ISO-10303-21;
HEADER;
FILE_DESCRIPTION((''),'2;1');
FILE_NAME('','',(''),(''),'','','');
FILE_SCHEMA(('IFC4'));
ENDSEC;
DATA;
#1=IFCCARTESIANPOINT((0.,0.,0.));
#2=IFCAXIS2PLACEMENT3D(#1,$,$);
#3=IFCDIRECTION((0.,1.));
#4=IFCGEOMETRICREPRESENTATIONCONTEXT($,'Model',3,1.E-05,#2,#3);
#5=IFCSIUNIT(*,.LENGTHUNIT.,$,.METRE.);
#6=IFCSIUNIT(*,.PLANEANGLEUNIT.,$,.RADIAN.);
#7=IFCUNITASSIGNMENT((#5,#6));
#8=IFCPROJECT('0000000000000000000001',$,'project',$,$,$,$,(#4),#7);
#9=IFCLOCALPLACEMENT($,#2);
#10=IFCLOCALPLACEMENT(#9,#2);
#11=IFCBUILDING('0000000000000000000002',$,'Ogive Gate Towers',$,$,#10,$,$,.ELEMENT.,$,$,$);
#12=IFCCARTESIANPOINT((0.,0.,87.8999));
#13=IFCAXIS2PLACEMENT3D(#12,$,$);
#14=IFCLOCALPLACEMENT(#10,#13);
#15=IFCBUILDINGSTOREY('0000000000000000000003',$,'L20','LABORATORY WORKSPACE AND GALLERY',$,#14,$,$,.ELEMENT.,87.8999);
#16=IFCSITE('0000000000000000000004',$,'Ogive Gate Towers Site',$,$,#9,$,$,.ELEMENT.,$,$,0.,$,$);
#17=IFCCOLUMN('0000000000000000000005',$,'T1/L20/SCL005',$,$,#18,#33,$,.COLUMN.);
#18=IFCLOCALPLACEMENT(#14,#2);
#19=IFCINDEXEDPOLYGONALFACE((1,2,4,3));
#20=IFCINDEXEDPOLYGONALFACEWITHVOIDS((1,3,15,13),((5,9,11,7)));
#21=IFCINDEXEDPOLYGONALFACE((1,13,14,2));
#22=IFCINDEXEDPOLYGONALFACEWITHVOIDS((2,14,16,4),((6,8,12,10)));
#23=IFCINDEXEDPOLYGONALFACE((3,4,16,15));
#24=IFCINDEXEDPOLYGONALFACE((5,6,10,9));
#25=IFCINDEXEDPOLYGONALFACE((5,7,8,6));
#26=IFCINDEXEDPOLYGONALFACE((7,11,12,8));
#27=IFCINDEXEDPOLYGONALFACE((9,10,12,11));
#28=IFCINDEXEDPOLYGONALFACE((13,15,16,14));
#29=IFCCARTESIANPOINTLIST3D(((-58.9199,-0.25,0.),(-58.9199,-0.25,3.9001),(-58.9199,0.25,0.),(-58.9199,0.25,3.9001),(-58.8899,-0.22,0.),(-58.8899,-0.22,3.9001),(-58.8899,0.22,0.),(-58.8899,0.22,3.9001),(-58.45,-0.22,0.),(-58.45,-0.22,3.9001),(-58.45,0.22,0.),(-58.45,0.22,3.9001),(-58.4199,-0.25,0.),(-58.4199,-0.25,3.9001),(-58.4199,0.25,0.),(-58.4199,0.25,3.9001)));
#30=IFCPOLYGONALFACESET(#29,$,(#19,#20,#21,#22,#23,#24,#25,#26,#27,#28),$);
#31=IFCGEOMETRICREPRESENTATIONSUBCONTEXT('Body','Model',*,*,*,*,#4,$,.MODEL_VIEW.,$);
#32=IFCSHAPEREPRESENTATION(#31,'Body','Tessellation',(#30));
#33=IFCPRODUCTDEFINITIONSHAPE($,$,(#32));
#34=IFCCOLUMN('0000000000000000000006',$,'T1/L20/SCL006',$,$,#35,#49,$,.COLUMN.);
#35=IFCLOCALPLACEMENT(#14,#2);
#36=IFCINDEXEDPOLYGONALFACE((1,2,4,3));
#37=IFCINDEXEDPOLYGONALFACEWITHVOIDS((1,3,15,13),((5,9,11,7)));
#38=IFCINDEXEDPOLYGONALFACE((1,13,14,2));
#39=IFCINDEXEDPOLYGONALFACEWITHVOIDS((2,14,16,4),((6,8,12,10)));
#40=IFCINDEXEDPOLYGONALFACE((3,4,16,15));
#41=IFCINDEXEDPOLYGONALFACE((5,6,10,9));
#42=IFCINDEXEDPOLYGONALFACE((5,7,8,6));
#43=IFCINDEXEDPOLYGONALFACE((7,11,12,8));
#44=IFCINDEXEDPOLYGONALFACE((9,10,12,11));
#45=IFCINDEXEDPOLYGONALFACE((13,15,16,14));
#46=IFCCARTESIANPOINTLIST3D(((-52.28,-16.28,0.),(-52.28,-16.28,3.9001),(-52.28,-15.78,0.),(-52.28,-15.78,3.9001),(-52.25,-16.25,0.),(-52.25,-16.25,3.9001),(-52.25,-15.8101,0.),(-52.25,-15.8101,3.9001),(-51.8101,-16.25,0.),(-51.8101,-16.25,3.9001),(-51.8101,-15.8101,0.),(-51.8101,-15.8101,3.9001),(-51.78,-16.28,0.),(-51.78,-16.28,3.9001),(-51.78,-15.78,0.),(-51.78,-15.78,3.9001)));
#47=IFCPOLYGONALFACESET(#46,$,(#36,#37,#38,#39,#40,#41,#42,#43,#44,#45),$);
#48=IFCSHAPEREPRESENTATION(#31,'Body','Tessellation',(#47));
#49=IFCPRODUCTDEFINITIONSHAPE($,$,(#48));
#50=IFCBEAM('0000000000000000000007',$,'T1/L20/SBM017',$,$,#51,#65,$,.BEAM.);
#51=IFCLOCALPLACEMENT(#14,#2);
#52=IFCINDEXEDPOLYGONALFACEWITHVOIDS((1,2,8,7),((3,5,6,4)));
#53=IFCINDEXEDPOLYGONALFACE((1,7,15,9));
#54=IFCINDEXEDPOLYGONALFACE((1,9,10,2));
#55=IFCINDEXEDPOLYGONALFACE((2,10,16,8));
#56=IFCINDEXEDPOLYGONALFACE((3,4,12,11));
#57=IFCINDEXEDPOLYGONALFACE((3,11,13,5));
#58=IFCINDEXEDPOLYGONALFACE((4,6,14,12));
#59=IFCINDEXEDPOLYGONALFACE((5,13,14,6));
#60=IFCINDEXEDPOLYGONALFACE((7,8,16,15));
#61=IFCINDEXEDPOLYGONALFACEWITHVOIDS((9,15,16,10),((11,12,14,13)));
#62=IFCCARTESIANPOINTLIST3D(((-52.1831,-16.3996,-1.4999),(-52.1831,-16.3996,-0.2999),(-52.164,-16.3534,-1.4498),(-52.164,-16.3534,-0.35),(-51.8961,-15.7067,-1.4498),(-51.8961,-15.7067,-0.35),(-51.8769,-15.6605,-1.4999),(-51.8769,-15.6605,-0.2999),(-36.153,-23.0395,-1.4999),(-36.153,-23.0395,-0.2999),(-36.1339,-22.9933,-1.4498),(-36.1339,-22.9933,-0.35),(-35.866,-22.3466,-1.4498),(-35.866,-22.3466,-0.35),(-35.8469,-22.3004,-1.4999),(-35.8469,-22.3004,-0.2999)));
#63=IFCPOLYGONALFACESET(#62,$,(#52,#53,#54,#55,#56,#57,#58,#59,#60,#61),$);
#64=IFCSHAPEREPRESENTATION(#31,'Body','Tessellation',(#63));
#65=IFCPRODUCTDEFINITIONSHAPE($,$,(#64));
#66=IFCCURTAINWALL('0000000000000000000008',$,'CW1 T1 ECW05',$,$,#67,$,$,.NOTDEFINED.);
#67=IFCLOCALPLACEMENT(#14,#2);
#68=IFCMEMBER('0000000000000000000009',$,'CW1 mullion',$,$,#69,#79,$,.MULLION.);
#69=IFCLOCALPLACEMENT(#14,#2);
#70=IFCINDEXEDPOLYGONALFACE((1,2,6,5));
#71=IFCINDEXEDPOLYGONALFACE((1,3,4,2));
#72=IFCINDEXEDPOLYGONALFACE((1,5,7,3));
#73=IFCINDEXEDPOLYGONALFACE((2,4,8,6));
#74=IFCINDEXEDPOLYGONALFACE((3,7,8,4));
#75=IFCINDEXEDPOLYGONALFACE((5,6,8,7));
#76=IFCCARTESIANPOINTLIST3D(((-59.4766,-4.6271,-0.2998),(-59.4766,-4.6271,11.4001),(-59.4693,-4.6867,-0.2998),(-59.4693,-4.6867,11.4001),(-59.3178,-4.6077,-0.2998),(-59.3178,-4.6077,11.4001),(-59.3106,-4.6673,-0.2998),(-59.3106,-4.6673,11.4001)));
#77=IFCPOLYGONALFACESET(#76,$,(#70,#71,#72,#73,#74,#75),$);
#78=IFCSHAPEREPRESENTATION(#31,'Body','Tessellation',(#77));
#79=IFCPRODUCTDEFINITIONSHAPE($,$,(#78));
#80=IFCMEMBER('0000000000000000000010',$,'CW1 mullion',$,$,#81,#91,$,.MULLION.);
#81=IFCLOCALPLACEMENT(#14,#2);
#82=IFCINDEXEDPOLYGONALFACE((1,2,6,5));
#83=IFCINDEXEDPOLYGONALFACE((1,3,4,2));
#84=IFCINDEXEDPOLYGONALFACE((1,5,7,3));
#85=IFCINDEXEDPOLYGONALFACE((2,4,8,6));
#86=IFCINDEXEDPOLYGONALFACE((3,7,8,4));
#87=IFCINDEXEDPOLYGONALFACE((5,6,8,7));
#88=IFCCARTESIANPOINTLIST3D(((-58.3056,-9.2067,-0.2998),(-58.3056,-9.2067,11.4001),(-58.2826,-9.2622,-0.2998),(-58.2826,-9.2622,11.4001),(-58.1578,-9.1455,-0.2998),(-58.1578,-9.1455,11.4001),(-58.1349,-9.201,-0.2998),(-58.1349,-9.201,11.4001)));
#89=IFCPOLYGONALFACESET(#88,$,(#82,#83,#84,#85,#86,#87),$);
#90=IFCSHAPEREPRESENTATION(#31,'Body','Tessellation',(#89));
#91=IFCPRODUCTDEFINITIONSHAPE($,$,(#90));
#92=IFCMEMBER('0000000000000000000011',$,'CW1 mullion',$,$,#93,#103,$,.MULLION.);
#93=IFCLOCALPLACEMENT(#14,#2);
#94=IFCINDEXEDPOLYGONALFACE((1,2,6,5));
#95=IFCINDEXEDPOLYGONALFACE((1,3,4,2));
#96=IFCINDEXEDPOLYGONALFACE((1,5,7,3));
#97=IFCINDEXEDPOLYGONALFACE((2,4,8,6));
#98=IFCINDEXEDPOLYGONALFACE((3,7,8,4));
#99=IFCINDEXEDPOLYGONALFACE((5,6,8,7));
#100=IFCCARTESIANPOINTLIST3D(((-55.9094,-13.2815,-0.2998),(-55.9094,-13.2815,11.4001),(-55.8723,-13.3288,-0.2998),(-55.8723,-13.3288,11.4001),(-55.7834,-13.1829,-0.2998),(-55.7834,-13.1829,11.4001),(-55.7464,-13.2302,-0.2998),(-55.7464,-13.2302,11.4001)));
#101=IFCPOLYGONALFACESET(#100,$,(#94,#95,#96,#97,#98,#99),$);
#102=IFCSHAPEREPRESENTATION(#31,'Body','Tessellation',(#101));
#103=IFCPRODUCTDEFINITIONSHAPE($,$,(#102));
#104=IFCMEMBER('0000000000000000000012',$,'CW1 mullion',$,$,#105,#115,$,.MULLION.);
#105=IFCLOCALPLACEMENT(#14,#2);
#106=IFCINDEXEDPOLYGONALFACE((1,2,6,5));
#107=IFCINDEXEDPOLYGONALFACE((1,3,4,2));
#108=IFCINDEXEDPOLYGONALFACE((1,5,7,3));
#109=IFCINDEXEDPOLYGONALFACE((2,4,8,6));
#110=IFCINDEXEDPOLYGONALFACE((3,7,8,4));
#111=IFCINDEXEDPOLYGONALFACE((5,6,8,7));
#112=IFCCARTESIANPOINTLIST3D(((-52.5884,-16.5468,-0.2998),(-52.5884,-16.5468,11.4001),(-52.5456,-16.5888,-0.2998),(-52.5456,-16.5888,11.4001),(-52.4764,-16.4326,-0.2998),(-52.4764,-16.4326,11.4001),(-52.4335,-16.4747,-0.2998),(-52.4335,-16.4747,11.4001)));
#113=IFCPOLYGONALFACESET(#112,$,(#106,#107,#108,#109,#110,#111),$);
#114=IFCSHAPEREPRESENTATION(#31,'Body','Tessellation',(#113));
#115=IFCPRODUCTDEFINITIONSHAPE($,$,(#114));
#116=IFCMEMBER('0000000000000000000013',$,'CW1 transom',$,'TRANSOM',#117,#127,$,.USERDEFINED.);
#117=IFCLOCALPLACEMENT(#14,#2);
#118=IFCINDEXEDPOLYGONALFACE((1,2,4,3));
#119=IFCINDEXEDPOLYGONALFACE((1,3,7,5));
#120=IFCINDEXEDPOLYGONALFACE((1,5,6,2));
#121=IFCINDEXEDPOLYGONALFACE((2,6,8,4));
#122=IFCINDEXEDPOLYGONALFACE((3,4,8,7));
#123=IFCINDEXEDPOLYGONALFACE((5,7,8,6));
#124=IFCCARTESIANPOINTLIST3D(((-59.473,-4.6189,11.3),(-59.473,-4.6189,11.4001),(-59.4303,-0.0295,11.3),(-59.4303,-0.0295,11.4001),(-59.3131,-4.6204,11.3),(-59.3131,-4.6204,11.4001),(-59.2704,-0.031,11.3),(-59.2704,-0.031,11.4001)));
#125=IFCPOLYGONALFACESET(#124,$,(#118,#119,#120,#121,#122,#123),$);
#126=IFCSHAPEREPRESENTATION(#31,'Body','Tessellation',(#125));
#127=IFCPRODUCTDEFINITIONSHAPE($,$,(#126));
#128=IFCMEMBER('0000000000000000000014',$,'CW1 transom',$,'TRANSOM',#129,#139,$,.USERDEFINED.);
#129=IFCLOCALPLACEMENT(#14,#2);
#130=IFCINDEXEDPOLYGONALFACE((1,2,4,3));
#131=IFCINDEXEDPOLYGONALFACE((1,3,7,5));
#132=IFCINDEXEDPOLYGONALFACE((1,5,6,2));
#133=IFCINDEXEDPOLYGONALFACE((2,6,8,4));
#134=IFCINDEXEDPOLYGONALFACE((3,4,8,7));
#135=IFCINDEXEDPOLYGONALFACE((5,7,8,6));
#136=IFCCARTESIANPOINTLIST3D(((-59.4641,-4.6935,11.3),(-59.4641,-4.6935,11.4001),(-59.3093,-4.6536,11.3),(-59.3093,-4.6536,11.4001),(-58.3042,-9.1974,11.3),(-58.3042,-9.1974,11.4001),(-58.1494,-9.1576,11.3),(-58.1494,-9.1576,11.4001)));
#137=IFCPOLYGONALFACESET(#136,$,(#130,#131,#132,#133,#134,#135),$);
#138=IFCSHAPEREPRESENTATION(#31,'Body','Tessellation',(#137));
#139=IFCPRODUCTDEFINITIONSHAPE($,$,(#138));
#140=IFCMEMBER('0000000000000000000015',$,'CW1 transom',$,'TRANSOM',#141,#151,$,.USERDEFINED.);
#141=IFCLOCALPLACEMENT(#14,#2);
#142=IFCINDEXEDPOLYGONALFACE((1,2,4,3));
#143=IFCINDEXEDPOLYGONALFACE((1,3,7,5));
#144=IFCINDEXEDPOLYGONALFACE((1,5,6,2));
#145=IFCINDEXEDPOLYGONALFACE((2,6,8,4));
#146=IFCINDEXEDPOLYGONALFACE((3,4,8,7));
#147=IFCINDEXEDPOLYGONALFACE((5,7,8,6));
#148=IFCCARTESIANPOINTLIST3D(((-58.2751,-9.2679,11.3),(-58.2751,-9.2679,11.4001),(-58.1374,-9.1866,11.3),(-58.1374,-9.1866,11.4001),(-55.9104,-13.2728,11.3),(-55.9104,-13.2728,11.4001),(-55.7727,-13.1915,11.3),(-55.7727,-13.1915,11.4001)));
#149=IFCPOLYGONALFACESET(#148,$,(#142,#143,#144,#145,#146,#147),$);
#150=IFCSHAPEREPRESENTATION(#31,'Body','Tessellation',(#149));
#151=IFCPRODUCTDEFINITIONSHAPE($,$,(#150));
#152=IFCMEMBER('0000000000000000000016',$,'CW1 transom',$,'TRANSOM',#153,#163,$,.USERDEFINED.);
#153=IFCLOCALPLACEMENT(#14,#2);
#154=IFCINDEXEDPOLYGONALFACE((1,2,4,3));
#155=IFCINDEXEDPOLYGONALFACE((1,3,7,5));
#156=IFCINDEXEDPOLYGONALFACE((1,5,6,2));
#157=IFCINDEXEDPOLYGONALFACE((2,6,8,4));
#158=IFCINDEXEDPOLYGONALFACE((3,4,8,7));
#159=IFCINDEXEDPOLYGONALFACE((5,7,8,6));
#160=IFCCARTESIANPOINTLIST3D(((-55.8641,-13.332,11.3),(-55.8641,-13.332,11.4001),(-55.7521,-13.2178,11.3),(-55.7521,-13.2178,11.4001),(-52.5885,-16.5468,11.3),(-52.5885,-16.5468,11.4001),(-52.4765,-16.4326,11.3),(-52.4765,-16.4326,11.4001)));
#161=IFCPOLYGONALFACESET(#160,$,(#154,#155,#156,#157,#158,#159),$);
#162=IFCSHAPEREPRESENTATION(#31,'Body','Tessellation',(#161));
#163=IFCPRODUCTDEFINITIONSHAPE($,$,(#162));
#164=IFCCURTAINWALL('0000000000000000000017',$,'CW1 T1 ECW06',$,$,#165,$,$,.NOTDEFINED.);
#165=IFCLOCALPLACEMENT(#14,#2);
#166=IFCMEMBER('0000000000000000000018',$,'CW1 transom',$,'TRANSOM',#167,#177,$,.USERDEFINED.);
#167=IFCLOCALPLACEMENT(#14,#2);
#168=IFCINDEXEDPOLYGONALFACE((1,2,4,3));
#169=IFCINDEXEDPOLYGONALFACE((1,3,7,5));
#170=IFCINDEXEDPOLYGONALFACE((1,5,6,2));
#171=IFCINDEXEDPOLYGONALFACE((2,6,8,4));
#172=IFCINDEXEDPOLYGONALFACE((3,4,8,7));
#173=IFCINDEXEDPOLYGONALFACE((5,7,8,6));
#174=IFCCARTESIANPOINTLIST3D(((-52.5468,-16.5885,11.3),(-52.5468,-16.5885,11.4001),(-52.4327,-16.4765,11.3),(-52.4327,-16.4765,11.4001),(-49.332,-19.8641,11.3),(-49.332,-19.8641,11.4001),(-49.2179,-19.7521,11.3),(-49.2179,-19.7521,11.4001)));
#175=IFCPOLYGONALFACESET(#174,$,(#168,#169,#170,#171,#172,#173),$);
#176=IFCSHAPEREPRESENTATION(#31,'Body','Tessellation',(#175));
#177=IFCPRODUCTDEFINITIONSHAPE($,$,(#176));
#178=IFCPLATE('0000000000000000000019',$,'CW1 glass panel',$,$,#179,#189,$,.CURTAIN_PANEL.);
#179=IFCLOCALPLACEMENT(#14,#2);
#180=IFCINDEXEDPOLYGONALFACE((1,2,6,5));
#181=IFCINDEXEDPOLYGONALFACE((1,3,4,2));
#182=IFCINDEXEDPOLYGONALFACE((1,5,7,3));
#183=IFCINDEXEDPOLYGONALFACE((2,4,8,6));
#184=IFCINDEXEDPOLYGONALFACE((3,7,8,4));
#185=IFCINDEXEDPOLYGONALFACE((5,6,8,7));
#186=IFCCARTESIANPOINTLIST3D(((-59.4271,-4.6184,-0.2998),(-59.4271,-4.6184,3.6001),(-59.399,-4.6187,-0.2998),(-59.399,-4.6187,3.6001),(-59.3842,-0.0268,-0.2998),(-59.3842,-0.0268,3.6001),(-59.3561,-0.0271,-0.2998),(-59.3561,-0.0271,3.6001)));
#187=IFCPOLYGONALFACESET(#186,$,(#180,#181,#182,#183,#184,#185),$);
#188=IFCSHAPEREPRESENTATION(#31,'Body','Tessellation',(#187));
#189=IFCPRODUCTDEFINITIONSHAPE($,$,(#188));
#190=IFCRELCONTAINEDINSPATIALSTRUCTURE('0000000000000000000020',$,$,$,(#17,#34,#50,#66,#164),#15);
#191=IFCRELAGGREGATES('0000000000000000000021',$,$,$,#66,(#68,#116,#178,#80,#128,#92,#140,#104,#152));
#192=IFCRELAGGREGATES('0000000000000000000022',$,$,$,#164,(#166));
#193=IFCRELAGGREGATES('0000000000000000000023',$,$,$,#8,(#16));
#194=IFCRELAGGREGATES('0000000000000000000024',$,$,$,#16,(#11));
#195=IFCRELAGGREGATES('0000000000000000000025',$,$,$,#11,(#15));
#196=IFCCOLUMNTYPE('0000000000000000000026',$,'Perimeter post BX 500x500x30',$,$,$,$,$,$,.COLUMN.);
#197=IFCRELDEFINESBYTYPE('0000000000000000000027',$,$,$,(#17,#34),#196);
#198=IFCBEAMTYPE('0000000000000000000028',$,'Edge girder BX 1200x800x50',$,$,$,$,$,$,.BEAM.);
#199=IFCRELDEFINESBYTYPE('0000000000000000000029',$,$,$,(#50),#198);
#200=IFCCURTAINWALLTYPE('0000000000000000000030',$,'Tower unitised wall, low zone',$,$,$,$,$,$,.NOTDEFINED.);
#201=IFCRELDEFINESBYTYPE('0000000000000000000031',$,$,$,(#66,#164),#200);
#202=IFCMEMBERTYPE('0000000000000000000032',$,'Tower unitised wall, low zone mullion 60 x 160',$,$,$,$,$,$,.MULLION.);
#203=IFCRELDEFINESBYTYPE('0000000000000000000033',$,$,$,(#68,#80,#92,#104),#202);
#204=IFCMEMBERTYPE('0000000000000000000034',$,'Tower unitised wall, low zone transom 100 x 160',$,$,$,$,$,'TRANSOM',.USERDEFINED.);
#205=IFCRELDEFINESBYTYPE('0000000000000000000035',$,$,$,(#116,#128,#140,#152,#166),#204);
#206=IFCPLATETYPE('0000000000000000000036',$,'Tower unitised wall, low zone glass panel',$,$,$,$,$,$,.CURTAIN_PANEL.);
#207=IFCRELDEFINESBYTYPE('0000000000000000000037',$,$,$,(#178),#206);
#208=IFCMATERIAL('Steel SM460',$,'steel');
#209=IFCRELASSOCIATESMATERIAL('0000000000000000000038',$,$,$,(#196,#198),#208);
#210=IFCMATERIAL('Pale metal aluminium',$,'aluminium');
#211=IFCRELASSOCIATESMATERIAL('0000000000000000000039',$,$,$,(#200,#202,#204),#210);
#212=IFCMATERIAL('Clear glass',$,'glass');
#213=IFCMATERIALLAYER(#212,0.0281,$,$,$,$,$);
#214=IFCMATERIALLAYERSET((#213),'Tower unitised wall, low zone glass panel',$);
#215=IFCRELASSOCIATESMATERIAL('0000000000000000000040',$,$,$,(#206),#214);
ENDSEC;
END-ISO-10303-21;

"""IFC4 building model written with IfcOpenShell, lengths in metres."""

from ifc_helpers import new_model, si_unit, direction, frame, origin, origin_2d, place, context, subcontext, project, spatial, rectangle, hollow_rectangle, extrude, material, layer, layer_set, material_profile, profile_set, type_object, element, aggregate, save


model = new_model("IFC4")

# Units and contexts
model_context = context("Model", 3, precision=1e-05, world=origin(), true_north=direction((0.0, 1.0)))
body_context = subcontext(model_context, "Body", "Model", "MODEL_VIEW")
ifc_project = project(units=[si_unit("LENGTHUNIT", "METRE"), si_unit("PLANEANGLEUNIT", "RADIAN")], contexts=[model_context])

# Site, building, storey
site_placement = place(None, origin())
site = spatial("IfcSite", under=ifc_project, at=site_placement, Name="Ogive Gate Towers Site", CompositionType="ELEMENT", RefElevation=0.0)
building_placement = place(site_placement, origin())
building = spatial("IfcBuilding", under=site, at=building_placement, Name="Ogive Gate Towers", CompositionType="ELEMENT")
storey_placement = place(building_placement, frame((0.0, 0.0, 87.8999)))
storey = spatial("IfcBuildingStorey", under=building, at=storey_placement, Name="L20", Description="LABORATORY WORKSPACE AND GALLERY", CompositionType="ELEMENT", Elevation=87.8999)

# Columns
ifc_material_1 = material(Name="Steel SM460", Category="steel")
ifc_material_profile_1 = material_profile(ifc_material_1, hollow_rectangle(XDim=0.5, YDim=0.5, WallThickness=0.03, at=origin_2d()), Name="BX 500x500x30")
ifc_profile_set_1 = profile_set([ifc_material_profile_1], Name="Steel SM460")
column_type = type_object("IfcColumnType", Name="Perimeter post BX 500x500x30", PredefinedType="COLUMN", material=ifc_profile_set_1)
for number, where, z_axis, x_axis, name in (
    (1, (-58.6699, 0.0, 0.0), (0.0, 0.0, 1.0), (1.0, 0.0, 0.0), "T1/L20/SCL005"),
    (2, (-52.03, -16.03, 0.0), (0.0, 0.0, 1.0), (1.0, 0.0, 0.0), "T1/L20/SCL006"),
):
    element("IfcColumn", number, at=place(storey_placement, frame(where, z_axis=z_axis, x_axis=x_axis)), inside=storey, type_object=column_type, Name=name, PredefinedType="COLUMN", context=body_context, shape_type="SweptSolid", body=[
        extrude(hollow_rectangle(XDim=0.5, YDim=0.5, WallThickness=0.03, at=origin_2d()), origin(), (0.0, 0.0, 1.0), 3.9001),
    ])

# Beam
ifc_material_profile_2 = material_profile(ifc_material_1, hollow_rectangle(XDim=0.8, YDim=1.2, WallThickness=0.05, at=origin_2d()), Name="BX 1200x800x50")
ifc_profile_set_2 = profile_set([ifc_material_profile_2], Name="Steel SM460")
beam_type = type_object("IfcBeamType", Name="Edge girder BX 1200x800x50", PredefinedType="BEAM", material=ifc_profile_set_2)
beam_placement = place(storey_placement, frame((-52.03, -16.03, -0.8999), z_axis=(0.923879, -0.382685, 0.0), x_axis=(0.382685, 0.923879, 0.0)))
element("IfcBeam", 3, at=beam_placement, inside=storey, type_object=beam_type, Name="T1/L20/SBM017", PredefinedType="BEAM", context=body_context, shape_type="SweptSolid", body=[
    extrude(hollow_rectangle(XDim=0.8, YDim=1.2, WallThickness=0.05, at=origin_2d()), origin(), (0.0, 0.0, 1.0), 17.3508),
])

# Curtain wall, members
ifc_material_2 = material(Name="Pale metal aluminium", Category="aluminium")
curtain_wall_type = type_object("IfcCurtainWallType", Name="Tower unitised wall, low zone", PredefinedType="NOTDEFINED", material=ifc_material_2)
curtain_wall_1_placement = place(storey_placement, origin())
curtain_wall_1 = element("IfcCurtainWall", 4, at=curtain_wall_1_placement, inside=storey, type_object=curtain_wall_type, Name="CW1 T1 ECW05", PredefinedType="NOTDEFINED")
ifc_material_profile_3 = material_profile(ifc_material_2, rectangle(XDim=0.1599, YDim=0.0601, at=origin_2d()), Name="60 x 160 aluminium box")
ifc_profile_set_3 = profile_set([ifc_material_profile_3], Name="Pale metal aluminium")
member_type_1 = type_object("IfcMemberType", Name="Tower unitised wall, low zone mullion 60 x 160", PredefinedType="MULLION", material=ifc_profile_set_3)
member_1_placement = place(storey_placement, frame((-59.3936, -4.6472, -0.2998), z_axis=(0.0, 0.0, 1.0), x_axis=(-0.992648, -0.121038, 0.0)))
member_1 = element("IfcMember", 5, at=member_1_placement, type_object=member_type_1, Name="CW1 mullion", PredefinedType="MULLION", context=body_context, shape_type="SweptSolid", body=[
    extrude(rectangle(XDim=0.1599, YDim=0.0601, at=origin_2d()), origin(), (0.0, 0.0, 1.0), 11.7),
])
member_2_placement = place(storey_placement, frame((-58.2202, -9.2039, -0.2998), z_axis=(0.0, 0.0, 1.0), x_axis=(-0.92388, -0.382683, 0.0)))
member_2 = element("IfcMember", 6, at=member_2_placement, type_object=member_type_1, Name="CW1 mullion", PredefinedType="MULLION", context=body_context, shape_type="SweptSolid", body=[
    extrude(rectangle(XDim=0.1599, YDim=0.0601, at=origin_2d()), origin(), (0.0, 0.0, 1.0), 11.7),
])
member_3_placement = place(storey_placement, frame((-55.8279, -13.2559, -0.2998), z_axis=(0.0, 0.0, 1.0), x_axis=(-0.787495, -0.616321, 0.0)))
member_3 = element("IfcMember", 7, at=member_3_placement, type_object=member_type_1, Name="CW1 mullion", PredefinedType="MULLION", context=body_context, shape_type="SweptSolid", body=[
    extrude(rectangle(XDim=0.1599, YDim=0.0601, at=origin_2d()), origin(), (0.0, 0.0, 1.0), 11.7),
])
member_4_placement = place(storey_placement, frame((-52.511, -16.5107, -0.2998), z_axis=(0.0, 0.0, 1.0), x_axis=(-0.700473, -0.713678, 0.0)))
member_4 = element("IfcMember", 8, at=member_4_placement, type_object=member_type_1, Name="CW1 mullion", PredefinedType="MULLION", context=body_context, shape_type="SweptSolid", body=[
    extrude(rectangle(XDim=0.1599, YDim=0.0601, at=origin_2d()), origin(), (0.0, 0.0, 1.0), 11.7),
])
ifc_material_profile_4 = material_profile(ifc_material_2, rectangle(XDim=0.1599, YDim=0.1001, at=origin_2d()), Name="100 x 160 aluminium box")
ifc_profile_set_4 = profile_set([ifc_material_profile_4], Name="Pale metal aluminium")
member_type_2 = type_object("IfcMemberType", Name="Tower unitised wall, low zone transom 100 x 160", ElementType="TRANSOM", PredefinedType="USERDEFINED", material=ifc_profile_set_4)
member_5_placement = place(storey_placement, frame((-59.3503, -0.0303, 11.3501), z_axis=(-0.009309, -0.999957, 0.0), x_axis=(0.999957, -0.009309, 0.0)))
member_5 = element("IfcMember", 9, at=member_5_placement, type_object=member_type_2, Name="CW1 transom", ObjectType="TRANSOM", PredefinedType="USERDEFINED", context=body_context, shape_type="SweptSolid", body=[
    extrude(rectangle(XDim=0.1599, YDim=0.1001, at=origin_2d()), origin(), (0.0, 0.0, 1.0), 4.5896),
])
member_6_placement = place(storey_placement, frame((-59.3867, -4.6736, 11.3501), z_axis=(0.249397, -0.968401, 0.0), x_axis=(0.968401, 0.249397, 0.0)))
member_6 = element("IfcMember", 10, at=member_6_placement, type_object=member_type_2, Name="CW1 transom", ObjectType="TRANSOM", PredefinedType="USERDEFINED", context=body_context, shape_type="SweptSolid", body=[
    extrude(rectangle(XDim=0.1599, YDim=0.1001, at=origin_2d()), origin(), (0.0, 0.0, 1.0), 4.6509),
])
member_7_placement = place(storey_placement, frame((-58.2063, -9.2273, 11.3501), z_axis=(0.508446, -0.861094, 0.0), x_axis=(0.861094, 0.508446, 0.0)))
member_7 = element("IfcMember", 11, at=member_7_placement, type_object=member_type_2, Name="CW1 transom", ObjectType="TRANSOM", PredefinedType="USERDEFINED", context=body_context, shape_type="SweptSolid", body=[
    extrude(rectangle(XDim=0.1599, YDim=0.1001, at=origin_2d()), origin(), (0.0, 0.0, 1.0), 4.6509),
])
member_8_placement = place(storey_placement, frame((-55.8081, -13.2749, 11.3501), z_axis=(0.713698, -0.700453, 0.0), x_axis=(0.700453, 0.713698, 0.0)))
member_8 = element("IfcMember", 12, at=member_8_placement, type_object=member_type_2, Name="CW1 transom", ObjectType="TRANSOM", PredefinedType="USERDEFINED", context=body_context, shape_type="SweptSolid", body=[
    extrude(rectangle(XDim=0.1599, YDim=0.1001, at=origin_2d()), origin(), (0.0, 0.0, 1.0), 4.5896),
])

# Curtain wall, member
curtain_wall_2_placement = place(storey_placement, origin())
curtain_wall_2 = element("IfcCurtainWall", 13, at=curtain_wall_2_placement, inside=storey, type_object=curtain_wall_type, Name="CW1 T1 ECW06", PredefinedType="NOTDEFINED")
member_9_placement = place(storey_placement, frame((-52.4897, -16.5325, 11.3501), z_axis=(0.700453, -0.713698, 0.0), x_axis=(0.713698, 0.700453, 0.0)))
member_9 = element("IfcMember", 14, at=member_9_placement, type_object=member_type_2, Name="CW1 transom", ObjectType="TRANSOM", PredefinedType="USERDEFINED", context=body_context, shape_type="SweptSolid", body=[
    extrude(rectangle(XDim=0.1599, YDim=0.1001, at=origin_2d()), origin(), (0.0, 0.0, 1.0), 4.5896),
])

# Plate
ifc_material_3 = material(Name="Clear glass", Category="glass")
ifc_layer_1 = layer(ifc_material_3, 0.0281)
ifc_layer_set_1 = layer_set([ifc_layer_1], Name="Tower unitised wall, low zone glass panel")
plate_type = type_object("IfcPlateType", Name="Tower unitised wall, low zone glass panel", PredefinedType="CURTAIN_PANEL", material=ifc_layer_set_1)
plate_1_placement = place(storey_placement, frame((-59.3916, -2.3228, -0.2998), z_axis=(0.0, 0.0, 1.0), x_axis=(-0.009337, -0.999956, 0.0)))
plate_1 = element("IfcPlate", 15, at=plate_1_placement, type_object=plate_type, Name="CW1 glass panel", PredefinedType="CURTAIN_PANEL", context=body_context, shape_type="SweptSolid", body=[
    extrude(rectangle(XDim=4.5918, YDim=0.0281, at=origin_2d()), origin(), (0.0, 0.0, 1.0), 3.8999),
])
aggregate(curtain_wall_1, [member_1, member_5, plate_1, member_2, member_6, member_3, member_7, member_4, member_8])
aggregate(curtain_wall_2, [member_9])

save(model, "model.ifc")
